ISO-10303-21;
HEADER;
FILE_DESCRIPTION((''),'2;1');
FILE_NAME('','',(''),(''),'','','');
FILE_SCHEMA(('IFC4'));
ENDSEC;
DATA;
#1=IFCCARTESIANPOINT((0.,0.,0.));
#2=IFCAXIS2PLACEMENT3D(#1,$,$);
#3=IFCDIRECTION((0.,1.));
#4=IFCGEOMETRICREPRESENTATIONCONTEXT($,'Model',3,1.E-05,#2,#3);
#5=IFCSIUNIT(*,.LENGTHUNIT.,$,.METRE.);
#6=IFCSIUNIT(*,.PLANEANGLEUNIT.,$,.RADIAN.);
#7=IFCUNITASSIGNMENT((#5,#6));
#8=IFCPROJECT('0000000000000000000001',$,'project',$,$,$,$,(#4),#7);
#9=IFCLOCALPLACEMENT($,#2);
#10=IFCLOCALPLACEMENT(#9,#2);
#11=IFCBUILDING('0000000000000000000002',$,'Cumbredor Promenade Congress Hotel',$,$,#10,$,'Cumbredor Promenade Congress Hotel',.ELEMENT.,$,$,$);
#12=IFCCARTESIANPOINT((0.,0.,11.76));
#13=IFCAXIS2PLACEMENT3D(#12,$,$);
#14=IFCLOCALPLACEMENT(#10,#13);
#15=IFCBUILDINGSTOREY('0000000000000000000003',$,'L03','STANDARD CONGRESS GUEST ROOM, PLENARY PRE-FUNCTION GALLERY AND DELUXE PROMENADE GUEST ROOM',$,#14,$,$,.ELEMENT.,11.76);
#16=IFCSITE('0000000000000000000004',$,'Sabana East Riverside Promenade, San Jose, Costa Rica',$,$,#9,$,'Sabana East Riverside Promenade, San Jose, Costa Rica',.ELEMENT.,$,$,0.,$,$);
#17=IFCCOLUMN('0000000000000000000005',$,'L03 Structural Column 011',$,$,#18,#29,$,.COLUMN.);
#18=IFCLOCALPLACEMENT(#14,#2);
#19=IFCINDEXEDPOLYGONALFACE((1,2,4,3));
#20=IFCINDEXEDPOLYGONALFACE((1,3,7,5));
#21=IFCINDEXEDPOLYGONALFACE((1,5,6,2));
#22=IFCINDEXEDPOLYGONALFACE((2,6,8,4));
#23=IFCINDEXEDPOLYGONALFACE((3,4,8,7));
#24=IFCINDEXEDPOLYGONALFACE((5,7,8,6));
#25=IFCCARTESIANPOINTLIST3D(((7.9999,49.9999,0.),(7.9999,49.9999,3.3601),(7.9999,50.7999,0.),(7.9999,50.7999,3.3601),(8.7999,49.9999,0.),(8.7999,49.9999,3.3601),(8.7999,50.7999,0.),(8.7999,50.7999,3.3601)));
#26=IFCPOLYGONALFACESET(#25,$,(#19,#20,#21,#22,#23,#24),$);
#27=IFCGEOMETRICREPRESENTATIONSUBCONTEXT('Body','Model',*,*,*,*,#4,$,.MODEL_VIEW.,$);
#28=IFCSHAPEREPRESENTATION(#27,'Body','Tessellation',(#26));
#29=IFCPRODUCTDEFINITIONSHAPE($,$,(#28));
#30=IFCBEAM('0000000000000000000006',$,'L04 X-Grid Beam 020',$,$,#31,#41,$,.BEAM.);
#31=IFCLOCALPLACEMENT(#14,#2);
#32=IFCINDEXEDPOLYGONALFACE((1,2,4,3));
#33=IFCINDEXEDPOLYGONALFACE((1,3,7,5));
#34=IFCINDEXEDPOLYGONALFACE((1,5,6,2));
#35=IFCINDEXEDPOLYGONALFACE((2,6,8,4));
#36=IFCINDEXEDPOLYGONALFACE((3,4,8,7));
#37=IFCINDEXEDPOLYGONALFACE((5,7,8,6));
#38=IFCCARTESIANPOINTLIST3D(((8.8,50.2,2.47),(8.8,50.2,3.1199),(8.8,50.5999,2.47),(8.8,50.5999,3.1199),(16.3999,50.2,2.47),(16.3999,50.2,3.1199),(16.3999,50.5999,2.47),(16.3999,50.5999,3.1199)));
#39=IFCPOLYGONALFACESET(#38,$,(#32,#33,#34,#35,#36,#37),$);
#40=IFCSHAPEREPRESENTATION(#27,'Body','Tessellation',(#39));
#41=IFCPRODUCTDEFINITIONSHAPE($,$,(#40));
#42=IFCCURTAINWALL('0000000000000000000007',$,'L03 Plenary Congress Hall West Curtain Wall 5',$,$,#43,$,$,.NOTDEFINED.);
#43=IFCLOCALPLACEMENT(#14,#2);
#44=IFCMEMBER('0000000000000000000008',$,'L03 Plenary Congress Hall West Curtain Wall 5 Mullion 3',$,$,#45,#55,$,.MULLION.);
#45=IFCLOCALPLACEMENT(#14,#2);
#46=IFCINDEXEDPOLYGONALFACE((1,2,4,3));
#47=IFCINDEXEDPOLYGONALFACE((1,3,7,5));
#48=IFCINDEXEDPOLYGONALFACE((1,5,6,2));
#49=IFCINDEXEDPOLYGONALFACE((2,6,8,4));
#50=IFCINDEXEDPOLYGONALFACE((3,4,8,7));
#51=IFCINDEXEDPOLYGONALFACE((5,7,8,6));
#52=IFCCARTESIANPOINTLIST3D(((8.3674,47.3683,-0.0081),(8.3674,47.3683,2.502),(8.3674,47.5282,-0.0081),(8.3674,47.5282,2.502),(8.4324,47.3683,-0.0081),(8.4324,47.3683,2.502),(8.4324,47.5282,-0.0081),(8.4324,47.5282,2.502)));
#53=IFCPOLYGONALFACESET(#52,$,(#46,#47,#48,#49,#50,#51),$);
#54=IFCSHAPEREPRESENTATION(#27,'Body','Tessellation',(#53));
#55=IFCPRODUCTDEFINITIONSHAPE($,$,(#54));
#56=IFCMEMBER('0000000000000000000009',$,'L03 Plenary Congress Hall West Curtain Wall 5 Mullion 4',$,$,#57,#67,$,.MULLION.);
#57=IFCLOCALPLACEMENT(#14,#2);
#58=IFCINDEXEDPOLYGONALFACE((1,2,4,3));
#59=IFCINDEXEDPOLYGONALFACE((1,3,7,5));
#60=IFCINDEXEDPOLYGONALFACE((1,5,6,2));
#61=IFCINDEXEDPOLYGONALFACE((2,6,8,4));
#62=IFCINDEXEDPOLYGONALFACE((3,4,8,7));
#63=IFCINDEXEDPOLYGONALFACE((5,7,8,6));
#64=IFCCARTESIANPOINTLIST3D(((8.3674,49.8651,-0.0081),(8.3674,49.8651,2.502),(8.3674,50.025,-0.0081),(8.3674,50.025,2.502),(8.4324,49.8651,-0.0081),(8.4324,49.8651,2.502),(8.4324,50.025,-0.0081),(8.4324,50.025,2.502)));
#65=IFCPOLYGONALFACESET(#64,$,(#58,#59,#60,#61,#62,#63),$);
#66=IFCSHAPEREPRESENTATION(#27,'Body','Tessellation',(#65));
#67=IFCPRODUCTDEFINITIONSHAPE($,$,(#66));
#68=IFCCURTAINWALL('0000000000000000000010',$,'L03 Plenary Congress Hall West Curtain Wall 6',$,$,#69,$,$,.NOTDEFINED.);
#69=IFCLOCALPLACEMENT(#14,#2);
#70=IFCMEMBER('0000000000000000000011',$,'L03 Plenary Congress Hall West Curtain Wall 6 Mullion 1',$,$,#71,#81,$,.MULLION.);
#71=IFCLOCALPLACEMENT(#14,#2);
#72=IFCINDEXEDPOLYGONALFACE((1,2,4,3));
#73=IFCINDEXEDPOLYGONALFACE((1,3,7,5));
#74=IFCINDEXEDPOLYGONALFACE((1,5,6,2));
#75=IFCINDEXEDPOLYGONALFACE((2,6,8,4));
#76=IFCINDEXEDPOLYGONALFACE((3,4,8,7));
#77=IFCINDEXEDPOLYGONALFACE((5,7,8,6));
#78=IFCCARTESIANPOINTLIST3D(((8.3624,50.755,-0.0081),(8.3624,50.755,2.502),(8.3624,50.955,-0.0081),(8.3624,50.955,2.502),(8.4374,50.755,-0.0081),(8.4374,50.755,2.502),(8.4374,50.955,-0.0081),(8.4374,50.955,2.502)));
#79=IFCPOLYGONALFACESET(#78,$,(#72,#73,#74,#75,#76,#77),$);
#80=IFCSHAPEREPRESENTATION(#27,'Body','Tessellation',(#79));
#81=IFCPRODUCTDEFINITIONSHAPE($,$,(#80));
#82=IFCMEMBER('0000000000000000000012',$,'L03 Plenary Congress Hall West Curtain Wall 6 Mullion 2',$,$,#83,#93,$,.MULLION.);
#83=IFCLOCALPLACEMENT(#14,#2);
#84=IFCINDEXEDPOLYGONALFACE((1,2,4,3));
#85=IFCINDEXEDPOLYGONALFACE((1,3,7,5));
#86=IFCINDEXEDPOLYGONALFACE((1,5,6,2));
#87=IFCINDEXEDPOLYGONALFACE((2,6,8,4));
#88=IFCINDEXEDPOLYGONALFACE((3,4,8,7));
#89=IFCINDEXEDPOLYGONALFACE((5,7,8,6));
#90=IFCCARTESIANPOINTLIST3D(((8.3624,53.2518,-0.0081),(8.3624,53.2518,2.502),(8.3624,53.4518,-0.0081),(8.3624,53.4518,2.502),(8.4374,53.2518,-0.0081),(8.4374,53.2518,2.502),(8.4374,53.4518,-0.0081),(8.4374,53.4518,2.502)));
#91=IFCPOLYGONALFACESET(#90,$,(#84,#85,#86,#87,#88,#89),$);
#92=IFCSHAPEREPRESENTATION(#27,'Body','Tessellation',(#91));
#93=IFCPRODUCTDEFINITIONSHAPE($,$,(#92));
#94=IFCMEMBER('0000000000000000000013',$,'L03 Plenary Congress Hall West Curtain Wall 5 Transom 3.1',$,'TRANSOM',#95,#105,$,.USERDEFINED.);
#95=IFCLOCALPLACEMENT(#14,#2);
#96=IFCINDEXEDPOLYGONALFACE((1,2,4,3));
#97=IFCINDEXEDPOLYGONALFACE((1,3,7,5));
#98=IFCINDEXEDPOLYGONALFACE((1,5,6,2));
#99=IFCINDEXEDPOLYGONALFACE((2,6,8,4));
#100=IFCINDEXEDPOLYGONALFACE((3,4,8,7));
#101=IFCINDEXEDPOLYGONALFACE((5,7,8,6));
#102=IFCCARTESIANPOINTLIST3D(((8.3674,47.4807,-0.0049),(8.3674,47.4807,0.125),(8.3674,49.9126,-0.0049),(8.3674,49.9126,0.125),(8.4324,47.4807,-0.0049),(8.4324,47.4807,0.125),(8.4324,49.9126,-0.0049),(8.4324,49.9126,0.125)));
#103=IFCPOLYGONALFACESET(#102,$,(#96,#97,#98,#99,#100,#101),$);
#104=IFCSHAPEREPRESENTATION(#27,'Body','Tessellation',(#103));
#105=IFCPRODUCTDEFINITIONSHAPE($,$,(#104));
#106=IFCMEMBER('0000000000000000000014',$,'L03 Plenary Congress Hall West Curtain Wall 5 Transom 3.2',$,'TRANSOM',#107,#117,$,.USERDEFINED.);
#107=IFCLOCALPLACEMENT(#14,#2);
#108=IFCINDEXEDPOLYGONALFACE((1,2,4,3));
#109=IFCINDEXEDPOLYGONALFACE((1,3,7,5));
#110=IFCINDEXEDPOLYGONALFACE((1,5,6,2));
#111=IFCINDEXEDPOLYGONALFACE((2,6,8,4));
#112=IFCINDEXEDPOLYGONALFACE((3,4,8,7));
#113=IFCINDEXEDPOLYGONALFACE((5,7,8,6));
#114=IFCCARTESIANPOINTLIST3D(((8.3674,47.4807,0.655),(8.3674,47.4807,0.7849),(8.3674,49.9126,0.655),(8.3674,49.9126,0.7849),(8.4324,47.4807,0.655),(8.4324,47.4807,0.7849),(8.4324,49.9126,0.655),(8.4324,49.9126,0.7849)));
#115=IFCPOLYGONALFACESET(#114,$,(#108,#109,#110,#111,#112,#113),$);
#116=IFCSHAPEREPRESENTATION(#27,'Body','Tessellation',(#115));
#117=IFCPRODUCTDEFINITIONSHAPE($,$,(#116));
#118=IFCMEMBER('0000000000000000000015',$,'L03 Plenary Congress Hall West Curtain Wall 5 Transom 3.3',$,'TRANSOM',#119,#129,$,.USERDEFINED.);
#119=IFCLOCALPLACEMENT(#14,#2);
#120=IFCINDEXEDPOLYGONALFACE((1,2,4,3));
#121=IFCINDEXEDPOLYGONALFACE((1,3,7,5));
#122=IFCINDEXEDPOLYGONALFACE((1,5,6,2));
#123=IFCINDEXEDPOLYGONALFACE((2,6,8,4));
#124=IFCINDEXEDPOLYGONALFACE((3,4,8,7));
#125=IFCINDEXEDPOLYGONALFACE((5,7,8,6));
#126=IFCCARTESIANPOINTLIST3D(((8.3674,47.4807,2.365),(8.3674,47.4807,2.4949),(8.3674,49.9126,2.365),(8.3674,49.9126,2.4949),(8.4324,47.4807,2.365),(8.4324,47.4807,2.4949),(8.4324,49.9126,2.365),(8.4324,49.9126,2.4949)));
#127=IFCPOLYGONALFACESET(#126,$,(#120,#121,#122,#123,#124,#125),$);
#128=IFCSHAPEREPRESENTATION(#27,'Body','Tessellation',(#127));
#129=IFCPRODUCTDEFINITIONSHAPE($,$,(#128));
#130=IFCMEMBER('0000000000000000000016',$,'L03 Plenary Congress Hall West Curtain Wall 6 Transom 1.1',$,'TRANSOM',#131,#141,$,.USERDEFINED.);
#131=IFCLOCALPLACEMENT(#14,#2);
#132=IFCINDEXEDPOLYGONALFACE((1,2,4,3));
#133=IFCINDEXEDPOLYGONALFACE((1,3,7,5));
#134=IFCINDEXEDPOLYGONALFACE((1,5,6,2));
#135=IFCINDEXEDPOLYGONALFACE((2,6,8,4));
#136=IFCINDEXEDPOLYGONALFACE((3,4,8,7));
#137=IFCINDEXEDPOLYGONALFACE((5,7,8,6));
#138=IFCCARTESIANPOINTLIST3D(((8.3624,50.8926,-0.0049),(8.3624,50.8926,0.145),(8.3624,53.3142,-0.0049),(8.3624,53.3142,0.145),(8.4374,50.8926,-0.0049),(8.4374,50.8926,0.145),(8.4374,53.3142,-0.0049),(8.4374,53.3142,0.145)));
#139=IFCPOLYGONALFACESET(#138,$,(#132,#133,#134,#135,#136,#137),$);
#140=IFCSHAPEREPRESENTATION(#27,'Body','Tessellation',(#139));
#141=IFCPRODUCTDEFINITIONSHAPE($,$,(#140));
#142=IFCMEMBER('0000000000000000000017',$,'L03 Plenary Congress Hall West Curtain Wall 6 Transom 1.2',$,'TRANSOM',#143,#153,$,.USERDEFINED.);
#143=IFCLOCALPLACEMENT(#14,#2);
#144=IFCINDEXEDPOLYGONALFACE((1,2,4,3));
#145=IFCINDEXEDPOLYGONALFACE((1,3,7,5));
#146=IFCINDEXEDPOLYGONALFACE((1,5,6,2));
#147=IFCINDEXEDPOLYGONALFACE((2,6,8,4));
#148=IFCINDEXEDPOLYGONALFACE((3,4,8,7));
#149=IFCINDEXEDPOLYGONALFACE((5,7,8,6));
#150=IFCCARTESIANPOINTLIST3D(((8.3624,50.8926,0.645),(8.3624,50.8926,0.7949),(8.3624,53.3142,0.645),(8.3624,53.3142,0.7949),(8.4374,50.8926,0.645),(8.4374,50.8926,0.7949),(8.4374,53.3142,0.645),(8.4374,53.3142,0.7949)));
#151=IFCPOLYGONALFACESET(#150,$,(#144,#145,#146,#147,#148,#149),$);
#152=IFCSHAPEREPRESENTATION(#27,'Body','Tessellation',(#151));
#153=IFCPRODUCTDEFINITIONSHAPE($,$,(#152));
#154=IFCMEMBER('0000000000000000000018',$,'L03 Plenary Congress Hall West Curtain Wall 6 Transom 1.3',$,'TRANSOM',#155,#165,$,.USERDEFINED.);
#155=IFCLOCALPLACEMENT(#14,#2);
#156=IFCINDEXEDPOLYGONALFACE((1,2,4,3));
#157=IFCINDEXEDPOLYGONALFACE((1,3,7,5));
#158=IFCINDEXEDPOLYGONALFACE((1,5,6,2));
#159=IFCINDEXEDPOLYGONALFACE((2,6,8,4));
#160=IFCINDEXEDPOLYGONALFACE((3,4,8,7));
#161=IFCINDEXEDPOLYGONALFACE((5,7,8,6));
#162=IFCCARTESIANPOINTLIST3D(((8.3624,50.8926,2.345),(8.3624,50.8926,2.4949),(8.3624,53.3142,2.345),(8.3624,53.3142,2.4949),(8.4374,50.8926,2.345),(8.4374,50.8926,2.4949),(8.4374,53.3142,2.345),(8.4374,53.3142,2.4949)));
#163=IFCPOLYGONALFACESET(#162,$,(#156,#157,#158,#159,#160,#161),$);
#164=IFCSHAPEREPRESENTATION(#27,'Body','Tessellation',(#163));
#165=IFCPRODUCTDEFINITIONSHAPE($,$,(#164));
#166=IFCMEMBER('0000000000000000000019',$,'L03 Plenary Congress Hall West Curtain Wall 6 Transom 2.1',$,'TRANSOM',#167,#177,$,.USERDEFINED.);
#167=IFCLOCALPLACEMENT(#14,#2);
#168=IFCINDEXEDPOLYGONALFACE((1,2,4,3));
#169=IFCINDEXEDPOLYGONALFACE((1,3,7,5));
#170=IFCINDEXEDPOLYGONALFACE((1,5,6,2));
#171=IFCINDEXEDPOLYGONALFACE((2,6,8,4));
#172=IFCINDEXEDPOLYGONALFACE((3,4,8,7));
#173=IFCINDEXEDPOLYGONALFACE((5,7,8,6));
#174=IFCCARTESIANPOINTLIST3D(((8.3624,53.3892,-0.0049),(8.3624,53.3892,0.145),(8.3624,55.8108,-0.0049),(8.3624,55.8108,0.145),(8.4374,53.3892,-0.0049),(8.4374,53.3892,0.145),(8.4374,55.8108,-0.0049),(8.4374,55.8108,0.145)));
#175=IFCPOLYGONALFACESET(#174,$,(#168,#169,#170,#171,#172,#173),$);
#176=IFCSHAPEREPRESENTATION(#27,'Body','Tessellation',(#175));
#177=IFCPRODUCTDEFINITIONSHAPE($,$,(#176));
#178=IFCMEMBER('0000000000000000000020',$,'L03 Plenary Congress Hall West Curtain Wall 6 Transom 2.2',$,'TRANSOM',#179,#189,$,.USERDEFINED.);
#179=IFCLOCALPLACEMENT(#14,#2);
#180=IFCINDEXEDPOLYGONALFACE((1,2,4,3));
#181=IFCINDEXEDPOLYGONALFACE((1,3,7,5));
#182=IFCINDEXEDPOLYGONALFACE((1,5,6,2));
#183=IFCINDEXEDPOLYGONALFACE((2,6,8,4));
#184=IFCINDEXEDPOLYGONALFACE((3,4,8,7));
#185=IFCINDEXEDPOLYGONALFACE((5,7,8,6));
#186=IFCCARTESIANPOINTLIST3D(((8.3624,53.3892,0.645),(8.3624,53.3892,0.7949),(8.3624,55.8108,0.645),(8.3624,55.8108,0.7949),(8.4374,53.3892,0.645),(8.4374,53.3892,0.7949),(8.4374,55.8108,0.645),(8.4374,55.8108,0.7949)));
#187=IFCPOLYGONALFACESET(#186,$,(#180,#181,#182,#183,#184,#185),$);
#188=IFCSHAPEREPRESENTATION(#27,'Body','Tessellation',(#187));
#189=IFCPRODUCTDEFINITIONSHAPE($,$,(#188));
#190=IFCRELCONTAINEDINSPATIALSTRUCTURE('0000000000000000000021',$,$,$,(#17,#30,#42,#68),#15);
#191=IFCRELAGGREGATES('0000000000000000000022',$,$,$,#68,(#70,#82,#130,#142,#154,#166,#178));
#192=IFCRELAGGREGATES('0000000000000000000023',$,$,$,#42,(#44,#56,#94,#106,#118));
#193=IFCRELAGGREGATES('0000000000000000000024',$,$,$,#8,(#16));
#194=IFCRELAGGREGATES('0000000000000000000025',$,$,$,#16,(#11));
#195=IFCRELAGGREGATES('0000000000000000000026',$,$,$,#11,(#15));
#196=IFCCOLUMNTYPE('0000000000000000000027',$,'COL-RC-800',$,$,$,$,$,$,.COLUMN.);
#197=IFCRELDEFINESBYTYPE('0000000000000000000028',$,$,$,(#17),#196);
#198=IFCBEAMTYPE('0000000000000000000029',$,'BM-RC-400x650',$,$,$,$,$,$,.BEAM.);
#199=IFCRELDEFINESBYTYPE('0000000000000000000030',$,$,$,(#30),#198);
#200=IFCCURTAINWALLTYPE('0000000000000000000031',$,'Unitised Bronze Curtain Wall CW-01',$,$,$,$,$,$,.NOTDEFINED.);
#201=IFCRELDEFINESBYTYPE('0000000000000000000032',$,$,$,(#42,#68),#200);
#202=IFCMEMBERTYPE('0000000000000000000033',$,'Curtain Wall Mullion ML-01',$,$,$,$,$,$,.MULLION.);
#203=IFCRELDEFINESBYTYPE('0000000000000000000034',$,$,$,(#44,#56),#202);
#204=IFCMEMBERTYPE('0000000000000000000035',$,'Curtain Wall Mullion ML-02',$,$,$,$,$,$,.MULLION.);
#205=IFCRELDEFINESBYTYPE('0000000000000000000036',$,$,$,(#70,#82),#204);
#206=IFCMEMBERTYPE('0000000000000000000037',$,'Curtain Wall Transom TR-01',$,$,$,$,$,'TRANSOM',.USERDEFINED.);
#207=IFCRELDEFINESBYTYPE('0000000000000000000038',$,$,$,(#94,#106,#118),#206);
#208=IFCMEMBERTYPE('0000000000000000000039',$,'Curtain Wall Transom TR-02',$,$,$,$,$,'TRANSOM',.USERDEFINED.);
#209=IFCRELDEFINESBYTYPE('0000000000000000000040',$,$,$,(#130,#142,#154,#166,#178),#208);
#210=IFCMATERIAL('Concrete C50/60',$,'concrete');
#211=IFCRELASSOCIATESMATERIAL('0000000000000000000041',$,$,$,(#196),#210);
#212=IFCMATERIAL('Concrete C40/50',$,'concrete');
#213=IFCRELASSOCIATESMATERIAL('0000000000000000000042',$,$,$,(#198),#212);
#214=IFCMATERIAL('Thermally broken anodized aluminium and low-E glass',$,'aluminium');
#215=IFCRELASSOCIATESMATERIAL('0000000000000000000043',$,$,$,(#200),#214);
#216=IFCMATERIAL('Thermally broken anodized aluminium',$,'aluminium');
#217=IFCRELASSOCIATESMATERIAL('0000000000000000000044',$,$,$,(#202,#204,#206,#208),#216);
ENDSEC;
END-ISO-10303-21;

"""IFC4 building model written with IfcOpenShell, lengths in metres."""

from ifc_helpers import new_model, si_unit, direction, frame, origin, origin_2d, place, context, subcontext, project, spatial, rectangle, extrude, material, material_profile, profile_set, type_object, element, aggregate, save


model = new_model("IFC4")

# Units and contexts
model_context = context("Model", 3, precision=1e-05, world=origin(), true_north=direction((0.0, 1.0)))
body_context = subcontext(model_context, "Body", "Model", "MODEL_VIEW")
ifc_project = project(units=[si_unit("LENGTHUNIT", "METRE"), si_unit("PLANEANGLEUNIT", "RADIAN")], contexts=[model_context])

# Site, building, storey
site_placement = place(None, origin())
site = spatial("IfcSite", under=ifc_project, at=site_placement, Name="Sabana East Riverside Promenade, San Jose, Costa Rica", LongName="Sabana East Riverside Promenade, San Jose, Costa Rica", CompositionType="ELEMENT", RefElevation=0.0)
building_placement = place(site_placement, origin())
building = spatial("IfcBuilding", under=site, at=building_placement, Name="Cumbredor Promenade Congress Hotel", LongName="Cumbredor Promenade Congress Hotel", CompositionType="ELEMENT")
storey_placement = place(building_placement, frame((0.0, 0.0, 11.76)))
storey = spatial("IfcBuildingStorey", under=building, at=storey_placement, Name="L03", Description="STANDARD CONGRESS GUEST ROOM, PLENARY PRE-FUNCTION GALLERY AND DELUXE PROMENADE GUEST ROOM", CompositionType="ELEMENT", Elevation=11.76)

# Column
ifc_material_1 = material(Name="Concrete C50/60", Category="concrete")
ifc_material_profile_1 = material_profile(ifc_material_1, rectangle(XDim=0.8, YDim=0.8, at=origin_2d()), Name="RC 800x800")
ifc_profile_set_1 = profile_set([ifc_material_profile_1], Name="Concrete C50/60")
column_type = type_object("IfcColumnType", Name="COL-RC-800", PredefinedType="COLUMN", material=ifc_profile_set_1)
column_placement = place(storey_placement, frame((8.3999, 50.3999, 0.0), z_axis=(0.0, 0.0, 1.0), x_axis=(1.0, 0.0, 0.0)))
element("IfcColumn", 1, at=column_placement, inside=storey, type_object=column_type, Name="L03 Structural Column 011", PredefinedType="COLUMN", context=body_context, shape_type="SweptSolid", body=[
    extrude(rectangle(XDim=0.8, YDim=0.8, at=origin_2d()), origin(), (0.0, 0.0, 1.0), 3.3601),
])

# Beam
ifc_material_2 = material(Name="Concrete C40/50", Category="concrete")
ifc_material_profile_2 = material_profile(ifc_material_2, rectangle(XDim=0.3999, YDim=0.6499, at=origin_2d()), Name="RC BEAM 400x650")
ifc_profile_set_2 = profile_set([ifc_material_profile_2], Name="Concrete C40/50")
beam_type_1 = type_object("IfcBeamType", Name="BM-RC-400x650", PredefinedType="BEAM", material=ifc_profile_set_2)
beam_1_placement = place(storey_placement, frame((8.8, 50.3999, 2.7949), z_axis=(1.0, 0.0, 0.0), x_axis=(0.0, 1.0, 0.0)))
element("IfcBeam", 2, at=beam_1_placement, inside=storey, type_object=beam_type_1, Name="L04 X-Grid Beam 020", PredefinedType="BEAM", context=body_context, shape_type="SweptSolid", body=[
    extrude(rectangle(XDim=0.3999, YDim=0.6499, at=origin_2d()), origin(), (0.0, 0.0, 1.0), 7.5999),
])

# Curtain walls, members
ifc_material_3 = material(Name="Thermally broken anodized aluminium and low-E glass", Category="aluminium")
curtain_wall_type = type_object("IfcCurtainWallType", Name="Unitised Bronze Curtain Wall CW-01", PredefinedType="NOTDEFINED", material=ifc_material_3)
curtain_wall_1_placement = place(storey_placement, origin())
curtain_wall_1 = element("IfcCurtainWall", 3, at=curtain_wall_1_placement, inside=storey, type_object=curtain_wall_type, Name="L03 Plenary Congress Hall West Curtain Wall 5", PredefinedType="NOTDEFINED")
ifc_material_4 = material(Name="Thermally broken anodized aluminium", Category="aluminium")
ifc_material_profile_3 = material_profile(ifc_material_4, rectangle(XDim=0.0649, YDim=0.1599, at=origin_2d()), Name="ALU MULLION 65x160")
ifc_profile_set_3 = profile_set([ifc_material_profile_3], Name="Thermally broken anodized aluminium")
member_type_1 = type_object("IfcMemberType", Name="Curtain Wall Mullion ML-01", PredefinedType="MULLION", material=ifc_profile_set_3)
member_1_placement = place(storey_placement, frame((8.3999, 47.4482, -0.0081), z_axis=(0.0, 0.0, 1.0), x_axis=(1.0, 0.0, 0.0)))
member_1 = element("IfcMember", 4, at=member_1_placement, type_object=member_type_1, Name="L03 Plenary Congress Hall West Curtain Wall 5 Mullion 3", PredefinedType="MULLION", context=body_context, shape_type="SweptSolid", body=[
    extrude(rectangle(XDim=0.0649, YDim=0.1599, at=origin_2d()), origin(), (0.0, 0.0, 1.0), 2.51),
])
member_2_placement = place(storey_placement, frame((8.3999, 49.9451, -0.0081), z_axis=(0.0, 0.0, 1.0), x_axis=(1.0, 0.0, 0.0)))
member_2 = element("IfcMember", 5, at=member_2_placement, type_object=member_type_1, Name="L03 Plenary Congress Hall West Curtain Wall 5 Mullion 4", PredefinedType="MULLION", context=body_context, shape_type="SweptSolid", body=[
    extrude(rectangle(XDim=0.0649, YDim=0.1599, at=origin_2d()), origin(), (0.0, 0.0, 1.0), 2.51),
])
curtain_wall_2_placement = place(storey_placement, origin())
curtain_wall_2 = element("IfcCurtainWall", 6, at=curtain_wall_2_placement, inside=storey, type_object=curtain_wall_type, Name="L03 Plenary Congress Hall West Curtain Wall 6", PredefinedType="NOTDEFINED")
ifc_material_profile_4 = material_profile(ifc_material_4, rectangle(XDim=0.075, YDim=0.2, at=origin_2d()), Name="ALU MULLION 75x200")
ifc_profile_set_4 = profile_set([ifc_material_profile_4], Name="Thermally broken anodized aluminium")
member_type_2 = type_object("IfcMemberType", Name="Curtain Wall Mullion ML-02", PredefinedType="MULLION", material=ifc_profile_set_4)
member_3_placement = place(storey_placement, frame((8.3999, 50.855, -0.0081), z_axis=(0.0, 0.0, 1.0), x_axis=(1.0, 0.0, 0.0)))
member_3 = element("IfcMember", 7, at=member_3_placement, type_object=member_type_2, Name="L03 Plenary Congress Hall West Curtain Wall 6 Mullion 1", PredefinedType="MULLION", context=body_context, shape_type="SweptSolid", body=[
    extrude(rectangle(XDim=0.075, YDim=0.2, at=origin_2d()), origin(), (0.0, 0.0, 1.0), 2.51),
])
member_4_placement = place(storey_placement, frame((8.3999, 53.3518, -0.0081), z_axis=(0.0, 0.0, 1.0), x_axis=(1.0, 0.0, 0.0)))
member_4 = element("IfcMember", 8, at=member_4_placement, type_object=member_type_2, Name="L03 Plenary Congress Hall West Curtain Wall 6 Mullion 2", PredefinedType="MULLION", context=body_context, shape_type="SweptSolid", body=[
    extrude(rectangle(XDim=0.075, YDim=0.2, at=origin_2d()), origin(), (0.0, 0.0, 1.0), 2.51),
])

# Members
ifc_material_profile_5 = material_profile(ifc_material_4, rectangle(XDim=0.0649, YDim=0.1299, at=origin_2d()), Name="ALU TRANSOM 65x130")
ifc_profile_set_5 = profile_set([ifc_material_profile_5], Name="Thermally broken anodized aluminium")
member_type_3 = type_object("IfcMemberType", Name="Curtain Wall Transom TR-01", ElementType="TRANSOM", PredefinedType="USERDEFINED", material=ifc_profile_set_5)
member_5_placement = place(storey_placement, frame((8.3999, 47.4807, 0.0601), z_axis=(0.0, 1.0, 0.0), x_axis=(-1.0, 0.0, 0.0)))
member_5 = element("IfcMember", 9, at=member_5_placement, type_object=member_type_3, Name="L03 Plenary Congress Hall West Curtain Wall 5 Transom 3.1", ObjectType="TRANSOM", PredefinedType="USERDEFINED", context=body_context, shape_type="SweptSolid", body=[
    extrude(rectangle(XDim=0.0649, YDim=0.1299, at=origin_2d()), origin(), (0.0, 0.0, 1.0), 2.4319),
])
member_6_placement = place(storey_placement, frame((8.3999, 47.4807, 0.72), z_axis=(0.0, 1.0, 0.0), x_axis=(-1.0, 0.0, 0.0)))
member_6 = element("IfcMember", 10, at=member_6_placement, type_object=member_type_3, Name="L03 Plenary Congress Hall West Curtain Wall 5 Transom 3.2", ObjectType="TRANSOM", PredefinedType="USERDEFINED", context=body_context, shape_type="SweptSolid", body=[
    extrude(rectangle(XDim=0.0649, YDim=0.1299, at=origin_2d()), origin(), (0.0, 0.0, 1.0), 2.4319),
])
member_7_placement = place(storey_placement, frame((8.3999, 47.4807, 2.4299), z_axis=(0.0, 1.0, 0.0), x_axis=(-1.0, 0.0, 0.0)))
member_7 = element("IfcMember", 11, at=member_7_placement, type_object=member_type_3, Name="L03 Plenary Congress Hall West Curtain Wall 5 Transom 3.3", ObjectType="TRANSOM", PredefinedType="USERDEFINED", context=body_context, shape_type="SweptSolid", body=[
    extrude(rectangle(XDim=0.0649, YDim=0.1299, at=origin_2d()), origin(), (0.0, 0.0, 1.0), 2.4319),
])
ifc_material_profile_6 = material_profile(ifc_material_4, rectangle(XDim=0.075, YDim=0.1499, at=origin_2d()), Name="ALU TRANSOM 75x150")
ifc_profile_set_6 = profile_set([ifc_material_profile_6], Name="Thermally broken anodized aluminium")
member_type_4 = type_object("IfcMemberType", Name="Curtain Wall Transom TR-02", ElementType="TRANSOM", PredefinedType="USERDEFINED", material=ifc_profile_set_6)
member_8_placement = place(storey_placement, frame((8.3999, 50.8926, 0.0701), z_axis=(0.0, 1.0, 0.0), x_axis=(-1.0, 0.0, 0.0)))
member_8 = element("IfcMember", 12, at=member_8_placement, type_object=member_type_4, Name="L03 Plenary Congress Hall West Curtain Wall 6 Transom 1.1", ObjectType="TRANSOM", PredefinedType="USERDEFINED", context=body_context, shape_type="SweptSolid", body=[
    extrude(rectangle(XDim=0.075, YDim=0.1499, at=origin_2d()), origin(), (0.0, 0.0, 1.0), 2.4216),
])
member_9_placement = place(storey_placement, frame((8.3999, 50.8926, 0.72), z_axis=(0.0, 1.0, 0.0), x_axis=(-1.0, 0.0, 0.0)))
member_9 = element("IfcMember", 13, at=member_9_placement, type_object=member_type_4, Name="L03 Plenary Congress Hall West Curtain Wall 6 Transom 1.2", ObjectType="TRANSOM", PredefinedType="USERDEFINED", context=body_context, shape_type="SweptSolid", body=[
    extrude(rectangle(XDim=0.075, YDim=0.1499, at=origin_2d()), origin(), (0.0, 0.0, 1.0), 2.4216),
])
member_10_placement = place(storey_placement, frame((8.3999, 50.8926, 2.4199), z_axis=(0.0, 1.0, 0.0), x_axis=(-1.0, 0.0, 0.0)))
member_10 = element("IfcMember", 14, at=member_10_placement, type_object=member_type_4, Name="L03 Plenary Congress Hall West Curtain Wall 6 Transom 1.3", ObjectType="TRANSOM", PredefinedType="USERDEFINED", context=body_context, shape_type="SweptSolid", body=[
    extrude(rectangle(XDim=0.075, YDim=0.1499, at=origin_2d()), origin(), (0.0, 0.0, 1.0), 2.4216),
])
member_11_placement = place(storey_placement, frame((8.3999, 53.3892, 0.0701), z_axis=(0.0, 1.0, 0.0), x_axis=(-1.0, 0.0, 0.0)))
member_11 = element("IfcMember", 15, at=member_11_placement, type_object=member_type_4, Name="L03 Plenary Congress Hall West Curtain Wall 6 Transom 2.1", ObjectType="TRANSOM", PredefinedType="USERDEFINED", context=body_context, shape_type="SweptSolid", body=[
    extrude(rectangle(XDim=0.075, YDim=0.1499, at=origin_2d()), origin(), (0.0, 0.0, 1.0), 2.4216),
])
member_12_placement = place(storey_placement, frame((8.3999, 53.3892, 0.72), z_axis=(0.0, 1.0, 0.0), x_axis=(-1.0, 0.0, 0.0)))
member_12 = element("IfcMember", 16, at=member_12_placement, type_object=member_type_4, Name="L03 Plenary Congress Hall West Curtain Wall 6 Transom 2.2", ObjectType="TRANSOM", PredefinedType="USERDEFINED", context=body_context, shape_type="SweptSolid", body=[
    extrude(rectangle(XDim=0.075, YDim=0.1499, at=origin_2d()), origin(), (0.0, 0.0, 1.0), 2.4216),
])

aggregate(curtain_wall_2, [member_3, member_4, member_8, member_9, member_10, member_11, member_12])
aggregate(curtain_wall_1, [member_1, member_2, member_5, member_6, member_7])

save(model, "model.ifc")
